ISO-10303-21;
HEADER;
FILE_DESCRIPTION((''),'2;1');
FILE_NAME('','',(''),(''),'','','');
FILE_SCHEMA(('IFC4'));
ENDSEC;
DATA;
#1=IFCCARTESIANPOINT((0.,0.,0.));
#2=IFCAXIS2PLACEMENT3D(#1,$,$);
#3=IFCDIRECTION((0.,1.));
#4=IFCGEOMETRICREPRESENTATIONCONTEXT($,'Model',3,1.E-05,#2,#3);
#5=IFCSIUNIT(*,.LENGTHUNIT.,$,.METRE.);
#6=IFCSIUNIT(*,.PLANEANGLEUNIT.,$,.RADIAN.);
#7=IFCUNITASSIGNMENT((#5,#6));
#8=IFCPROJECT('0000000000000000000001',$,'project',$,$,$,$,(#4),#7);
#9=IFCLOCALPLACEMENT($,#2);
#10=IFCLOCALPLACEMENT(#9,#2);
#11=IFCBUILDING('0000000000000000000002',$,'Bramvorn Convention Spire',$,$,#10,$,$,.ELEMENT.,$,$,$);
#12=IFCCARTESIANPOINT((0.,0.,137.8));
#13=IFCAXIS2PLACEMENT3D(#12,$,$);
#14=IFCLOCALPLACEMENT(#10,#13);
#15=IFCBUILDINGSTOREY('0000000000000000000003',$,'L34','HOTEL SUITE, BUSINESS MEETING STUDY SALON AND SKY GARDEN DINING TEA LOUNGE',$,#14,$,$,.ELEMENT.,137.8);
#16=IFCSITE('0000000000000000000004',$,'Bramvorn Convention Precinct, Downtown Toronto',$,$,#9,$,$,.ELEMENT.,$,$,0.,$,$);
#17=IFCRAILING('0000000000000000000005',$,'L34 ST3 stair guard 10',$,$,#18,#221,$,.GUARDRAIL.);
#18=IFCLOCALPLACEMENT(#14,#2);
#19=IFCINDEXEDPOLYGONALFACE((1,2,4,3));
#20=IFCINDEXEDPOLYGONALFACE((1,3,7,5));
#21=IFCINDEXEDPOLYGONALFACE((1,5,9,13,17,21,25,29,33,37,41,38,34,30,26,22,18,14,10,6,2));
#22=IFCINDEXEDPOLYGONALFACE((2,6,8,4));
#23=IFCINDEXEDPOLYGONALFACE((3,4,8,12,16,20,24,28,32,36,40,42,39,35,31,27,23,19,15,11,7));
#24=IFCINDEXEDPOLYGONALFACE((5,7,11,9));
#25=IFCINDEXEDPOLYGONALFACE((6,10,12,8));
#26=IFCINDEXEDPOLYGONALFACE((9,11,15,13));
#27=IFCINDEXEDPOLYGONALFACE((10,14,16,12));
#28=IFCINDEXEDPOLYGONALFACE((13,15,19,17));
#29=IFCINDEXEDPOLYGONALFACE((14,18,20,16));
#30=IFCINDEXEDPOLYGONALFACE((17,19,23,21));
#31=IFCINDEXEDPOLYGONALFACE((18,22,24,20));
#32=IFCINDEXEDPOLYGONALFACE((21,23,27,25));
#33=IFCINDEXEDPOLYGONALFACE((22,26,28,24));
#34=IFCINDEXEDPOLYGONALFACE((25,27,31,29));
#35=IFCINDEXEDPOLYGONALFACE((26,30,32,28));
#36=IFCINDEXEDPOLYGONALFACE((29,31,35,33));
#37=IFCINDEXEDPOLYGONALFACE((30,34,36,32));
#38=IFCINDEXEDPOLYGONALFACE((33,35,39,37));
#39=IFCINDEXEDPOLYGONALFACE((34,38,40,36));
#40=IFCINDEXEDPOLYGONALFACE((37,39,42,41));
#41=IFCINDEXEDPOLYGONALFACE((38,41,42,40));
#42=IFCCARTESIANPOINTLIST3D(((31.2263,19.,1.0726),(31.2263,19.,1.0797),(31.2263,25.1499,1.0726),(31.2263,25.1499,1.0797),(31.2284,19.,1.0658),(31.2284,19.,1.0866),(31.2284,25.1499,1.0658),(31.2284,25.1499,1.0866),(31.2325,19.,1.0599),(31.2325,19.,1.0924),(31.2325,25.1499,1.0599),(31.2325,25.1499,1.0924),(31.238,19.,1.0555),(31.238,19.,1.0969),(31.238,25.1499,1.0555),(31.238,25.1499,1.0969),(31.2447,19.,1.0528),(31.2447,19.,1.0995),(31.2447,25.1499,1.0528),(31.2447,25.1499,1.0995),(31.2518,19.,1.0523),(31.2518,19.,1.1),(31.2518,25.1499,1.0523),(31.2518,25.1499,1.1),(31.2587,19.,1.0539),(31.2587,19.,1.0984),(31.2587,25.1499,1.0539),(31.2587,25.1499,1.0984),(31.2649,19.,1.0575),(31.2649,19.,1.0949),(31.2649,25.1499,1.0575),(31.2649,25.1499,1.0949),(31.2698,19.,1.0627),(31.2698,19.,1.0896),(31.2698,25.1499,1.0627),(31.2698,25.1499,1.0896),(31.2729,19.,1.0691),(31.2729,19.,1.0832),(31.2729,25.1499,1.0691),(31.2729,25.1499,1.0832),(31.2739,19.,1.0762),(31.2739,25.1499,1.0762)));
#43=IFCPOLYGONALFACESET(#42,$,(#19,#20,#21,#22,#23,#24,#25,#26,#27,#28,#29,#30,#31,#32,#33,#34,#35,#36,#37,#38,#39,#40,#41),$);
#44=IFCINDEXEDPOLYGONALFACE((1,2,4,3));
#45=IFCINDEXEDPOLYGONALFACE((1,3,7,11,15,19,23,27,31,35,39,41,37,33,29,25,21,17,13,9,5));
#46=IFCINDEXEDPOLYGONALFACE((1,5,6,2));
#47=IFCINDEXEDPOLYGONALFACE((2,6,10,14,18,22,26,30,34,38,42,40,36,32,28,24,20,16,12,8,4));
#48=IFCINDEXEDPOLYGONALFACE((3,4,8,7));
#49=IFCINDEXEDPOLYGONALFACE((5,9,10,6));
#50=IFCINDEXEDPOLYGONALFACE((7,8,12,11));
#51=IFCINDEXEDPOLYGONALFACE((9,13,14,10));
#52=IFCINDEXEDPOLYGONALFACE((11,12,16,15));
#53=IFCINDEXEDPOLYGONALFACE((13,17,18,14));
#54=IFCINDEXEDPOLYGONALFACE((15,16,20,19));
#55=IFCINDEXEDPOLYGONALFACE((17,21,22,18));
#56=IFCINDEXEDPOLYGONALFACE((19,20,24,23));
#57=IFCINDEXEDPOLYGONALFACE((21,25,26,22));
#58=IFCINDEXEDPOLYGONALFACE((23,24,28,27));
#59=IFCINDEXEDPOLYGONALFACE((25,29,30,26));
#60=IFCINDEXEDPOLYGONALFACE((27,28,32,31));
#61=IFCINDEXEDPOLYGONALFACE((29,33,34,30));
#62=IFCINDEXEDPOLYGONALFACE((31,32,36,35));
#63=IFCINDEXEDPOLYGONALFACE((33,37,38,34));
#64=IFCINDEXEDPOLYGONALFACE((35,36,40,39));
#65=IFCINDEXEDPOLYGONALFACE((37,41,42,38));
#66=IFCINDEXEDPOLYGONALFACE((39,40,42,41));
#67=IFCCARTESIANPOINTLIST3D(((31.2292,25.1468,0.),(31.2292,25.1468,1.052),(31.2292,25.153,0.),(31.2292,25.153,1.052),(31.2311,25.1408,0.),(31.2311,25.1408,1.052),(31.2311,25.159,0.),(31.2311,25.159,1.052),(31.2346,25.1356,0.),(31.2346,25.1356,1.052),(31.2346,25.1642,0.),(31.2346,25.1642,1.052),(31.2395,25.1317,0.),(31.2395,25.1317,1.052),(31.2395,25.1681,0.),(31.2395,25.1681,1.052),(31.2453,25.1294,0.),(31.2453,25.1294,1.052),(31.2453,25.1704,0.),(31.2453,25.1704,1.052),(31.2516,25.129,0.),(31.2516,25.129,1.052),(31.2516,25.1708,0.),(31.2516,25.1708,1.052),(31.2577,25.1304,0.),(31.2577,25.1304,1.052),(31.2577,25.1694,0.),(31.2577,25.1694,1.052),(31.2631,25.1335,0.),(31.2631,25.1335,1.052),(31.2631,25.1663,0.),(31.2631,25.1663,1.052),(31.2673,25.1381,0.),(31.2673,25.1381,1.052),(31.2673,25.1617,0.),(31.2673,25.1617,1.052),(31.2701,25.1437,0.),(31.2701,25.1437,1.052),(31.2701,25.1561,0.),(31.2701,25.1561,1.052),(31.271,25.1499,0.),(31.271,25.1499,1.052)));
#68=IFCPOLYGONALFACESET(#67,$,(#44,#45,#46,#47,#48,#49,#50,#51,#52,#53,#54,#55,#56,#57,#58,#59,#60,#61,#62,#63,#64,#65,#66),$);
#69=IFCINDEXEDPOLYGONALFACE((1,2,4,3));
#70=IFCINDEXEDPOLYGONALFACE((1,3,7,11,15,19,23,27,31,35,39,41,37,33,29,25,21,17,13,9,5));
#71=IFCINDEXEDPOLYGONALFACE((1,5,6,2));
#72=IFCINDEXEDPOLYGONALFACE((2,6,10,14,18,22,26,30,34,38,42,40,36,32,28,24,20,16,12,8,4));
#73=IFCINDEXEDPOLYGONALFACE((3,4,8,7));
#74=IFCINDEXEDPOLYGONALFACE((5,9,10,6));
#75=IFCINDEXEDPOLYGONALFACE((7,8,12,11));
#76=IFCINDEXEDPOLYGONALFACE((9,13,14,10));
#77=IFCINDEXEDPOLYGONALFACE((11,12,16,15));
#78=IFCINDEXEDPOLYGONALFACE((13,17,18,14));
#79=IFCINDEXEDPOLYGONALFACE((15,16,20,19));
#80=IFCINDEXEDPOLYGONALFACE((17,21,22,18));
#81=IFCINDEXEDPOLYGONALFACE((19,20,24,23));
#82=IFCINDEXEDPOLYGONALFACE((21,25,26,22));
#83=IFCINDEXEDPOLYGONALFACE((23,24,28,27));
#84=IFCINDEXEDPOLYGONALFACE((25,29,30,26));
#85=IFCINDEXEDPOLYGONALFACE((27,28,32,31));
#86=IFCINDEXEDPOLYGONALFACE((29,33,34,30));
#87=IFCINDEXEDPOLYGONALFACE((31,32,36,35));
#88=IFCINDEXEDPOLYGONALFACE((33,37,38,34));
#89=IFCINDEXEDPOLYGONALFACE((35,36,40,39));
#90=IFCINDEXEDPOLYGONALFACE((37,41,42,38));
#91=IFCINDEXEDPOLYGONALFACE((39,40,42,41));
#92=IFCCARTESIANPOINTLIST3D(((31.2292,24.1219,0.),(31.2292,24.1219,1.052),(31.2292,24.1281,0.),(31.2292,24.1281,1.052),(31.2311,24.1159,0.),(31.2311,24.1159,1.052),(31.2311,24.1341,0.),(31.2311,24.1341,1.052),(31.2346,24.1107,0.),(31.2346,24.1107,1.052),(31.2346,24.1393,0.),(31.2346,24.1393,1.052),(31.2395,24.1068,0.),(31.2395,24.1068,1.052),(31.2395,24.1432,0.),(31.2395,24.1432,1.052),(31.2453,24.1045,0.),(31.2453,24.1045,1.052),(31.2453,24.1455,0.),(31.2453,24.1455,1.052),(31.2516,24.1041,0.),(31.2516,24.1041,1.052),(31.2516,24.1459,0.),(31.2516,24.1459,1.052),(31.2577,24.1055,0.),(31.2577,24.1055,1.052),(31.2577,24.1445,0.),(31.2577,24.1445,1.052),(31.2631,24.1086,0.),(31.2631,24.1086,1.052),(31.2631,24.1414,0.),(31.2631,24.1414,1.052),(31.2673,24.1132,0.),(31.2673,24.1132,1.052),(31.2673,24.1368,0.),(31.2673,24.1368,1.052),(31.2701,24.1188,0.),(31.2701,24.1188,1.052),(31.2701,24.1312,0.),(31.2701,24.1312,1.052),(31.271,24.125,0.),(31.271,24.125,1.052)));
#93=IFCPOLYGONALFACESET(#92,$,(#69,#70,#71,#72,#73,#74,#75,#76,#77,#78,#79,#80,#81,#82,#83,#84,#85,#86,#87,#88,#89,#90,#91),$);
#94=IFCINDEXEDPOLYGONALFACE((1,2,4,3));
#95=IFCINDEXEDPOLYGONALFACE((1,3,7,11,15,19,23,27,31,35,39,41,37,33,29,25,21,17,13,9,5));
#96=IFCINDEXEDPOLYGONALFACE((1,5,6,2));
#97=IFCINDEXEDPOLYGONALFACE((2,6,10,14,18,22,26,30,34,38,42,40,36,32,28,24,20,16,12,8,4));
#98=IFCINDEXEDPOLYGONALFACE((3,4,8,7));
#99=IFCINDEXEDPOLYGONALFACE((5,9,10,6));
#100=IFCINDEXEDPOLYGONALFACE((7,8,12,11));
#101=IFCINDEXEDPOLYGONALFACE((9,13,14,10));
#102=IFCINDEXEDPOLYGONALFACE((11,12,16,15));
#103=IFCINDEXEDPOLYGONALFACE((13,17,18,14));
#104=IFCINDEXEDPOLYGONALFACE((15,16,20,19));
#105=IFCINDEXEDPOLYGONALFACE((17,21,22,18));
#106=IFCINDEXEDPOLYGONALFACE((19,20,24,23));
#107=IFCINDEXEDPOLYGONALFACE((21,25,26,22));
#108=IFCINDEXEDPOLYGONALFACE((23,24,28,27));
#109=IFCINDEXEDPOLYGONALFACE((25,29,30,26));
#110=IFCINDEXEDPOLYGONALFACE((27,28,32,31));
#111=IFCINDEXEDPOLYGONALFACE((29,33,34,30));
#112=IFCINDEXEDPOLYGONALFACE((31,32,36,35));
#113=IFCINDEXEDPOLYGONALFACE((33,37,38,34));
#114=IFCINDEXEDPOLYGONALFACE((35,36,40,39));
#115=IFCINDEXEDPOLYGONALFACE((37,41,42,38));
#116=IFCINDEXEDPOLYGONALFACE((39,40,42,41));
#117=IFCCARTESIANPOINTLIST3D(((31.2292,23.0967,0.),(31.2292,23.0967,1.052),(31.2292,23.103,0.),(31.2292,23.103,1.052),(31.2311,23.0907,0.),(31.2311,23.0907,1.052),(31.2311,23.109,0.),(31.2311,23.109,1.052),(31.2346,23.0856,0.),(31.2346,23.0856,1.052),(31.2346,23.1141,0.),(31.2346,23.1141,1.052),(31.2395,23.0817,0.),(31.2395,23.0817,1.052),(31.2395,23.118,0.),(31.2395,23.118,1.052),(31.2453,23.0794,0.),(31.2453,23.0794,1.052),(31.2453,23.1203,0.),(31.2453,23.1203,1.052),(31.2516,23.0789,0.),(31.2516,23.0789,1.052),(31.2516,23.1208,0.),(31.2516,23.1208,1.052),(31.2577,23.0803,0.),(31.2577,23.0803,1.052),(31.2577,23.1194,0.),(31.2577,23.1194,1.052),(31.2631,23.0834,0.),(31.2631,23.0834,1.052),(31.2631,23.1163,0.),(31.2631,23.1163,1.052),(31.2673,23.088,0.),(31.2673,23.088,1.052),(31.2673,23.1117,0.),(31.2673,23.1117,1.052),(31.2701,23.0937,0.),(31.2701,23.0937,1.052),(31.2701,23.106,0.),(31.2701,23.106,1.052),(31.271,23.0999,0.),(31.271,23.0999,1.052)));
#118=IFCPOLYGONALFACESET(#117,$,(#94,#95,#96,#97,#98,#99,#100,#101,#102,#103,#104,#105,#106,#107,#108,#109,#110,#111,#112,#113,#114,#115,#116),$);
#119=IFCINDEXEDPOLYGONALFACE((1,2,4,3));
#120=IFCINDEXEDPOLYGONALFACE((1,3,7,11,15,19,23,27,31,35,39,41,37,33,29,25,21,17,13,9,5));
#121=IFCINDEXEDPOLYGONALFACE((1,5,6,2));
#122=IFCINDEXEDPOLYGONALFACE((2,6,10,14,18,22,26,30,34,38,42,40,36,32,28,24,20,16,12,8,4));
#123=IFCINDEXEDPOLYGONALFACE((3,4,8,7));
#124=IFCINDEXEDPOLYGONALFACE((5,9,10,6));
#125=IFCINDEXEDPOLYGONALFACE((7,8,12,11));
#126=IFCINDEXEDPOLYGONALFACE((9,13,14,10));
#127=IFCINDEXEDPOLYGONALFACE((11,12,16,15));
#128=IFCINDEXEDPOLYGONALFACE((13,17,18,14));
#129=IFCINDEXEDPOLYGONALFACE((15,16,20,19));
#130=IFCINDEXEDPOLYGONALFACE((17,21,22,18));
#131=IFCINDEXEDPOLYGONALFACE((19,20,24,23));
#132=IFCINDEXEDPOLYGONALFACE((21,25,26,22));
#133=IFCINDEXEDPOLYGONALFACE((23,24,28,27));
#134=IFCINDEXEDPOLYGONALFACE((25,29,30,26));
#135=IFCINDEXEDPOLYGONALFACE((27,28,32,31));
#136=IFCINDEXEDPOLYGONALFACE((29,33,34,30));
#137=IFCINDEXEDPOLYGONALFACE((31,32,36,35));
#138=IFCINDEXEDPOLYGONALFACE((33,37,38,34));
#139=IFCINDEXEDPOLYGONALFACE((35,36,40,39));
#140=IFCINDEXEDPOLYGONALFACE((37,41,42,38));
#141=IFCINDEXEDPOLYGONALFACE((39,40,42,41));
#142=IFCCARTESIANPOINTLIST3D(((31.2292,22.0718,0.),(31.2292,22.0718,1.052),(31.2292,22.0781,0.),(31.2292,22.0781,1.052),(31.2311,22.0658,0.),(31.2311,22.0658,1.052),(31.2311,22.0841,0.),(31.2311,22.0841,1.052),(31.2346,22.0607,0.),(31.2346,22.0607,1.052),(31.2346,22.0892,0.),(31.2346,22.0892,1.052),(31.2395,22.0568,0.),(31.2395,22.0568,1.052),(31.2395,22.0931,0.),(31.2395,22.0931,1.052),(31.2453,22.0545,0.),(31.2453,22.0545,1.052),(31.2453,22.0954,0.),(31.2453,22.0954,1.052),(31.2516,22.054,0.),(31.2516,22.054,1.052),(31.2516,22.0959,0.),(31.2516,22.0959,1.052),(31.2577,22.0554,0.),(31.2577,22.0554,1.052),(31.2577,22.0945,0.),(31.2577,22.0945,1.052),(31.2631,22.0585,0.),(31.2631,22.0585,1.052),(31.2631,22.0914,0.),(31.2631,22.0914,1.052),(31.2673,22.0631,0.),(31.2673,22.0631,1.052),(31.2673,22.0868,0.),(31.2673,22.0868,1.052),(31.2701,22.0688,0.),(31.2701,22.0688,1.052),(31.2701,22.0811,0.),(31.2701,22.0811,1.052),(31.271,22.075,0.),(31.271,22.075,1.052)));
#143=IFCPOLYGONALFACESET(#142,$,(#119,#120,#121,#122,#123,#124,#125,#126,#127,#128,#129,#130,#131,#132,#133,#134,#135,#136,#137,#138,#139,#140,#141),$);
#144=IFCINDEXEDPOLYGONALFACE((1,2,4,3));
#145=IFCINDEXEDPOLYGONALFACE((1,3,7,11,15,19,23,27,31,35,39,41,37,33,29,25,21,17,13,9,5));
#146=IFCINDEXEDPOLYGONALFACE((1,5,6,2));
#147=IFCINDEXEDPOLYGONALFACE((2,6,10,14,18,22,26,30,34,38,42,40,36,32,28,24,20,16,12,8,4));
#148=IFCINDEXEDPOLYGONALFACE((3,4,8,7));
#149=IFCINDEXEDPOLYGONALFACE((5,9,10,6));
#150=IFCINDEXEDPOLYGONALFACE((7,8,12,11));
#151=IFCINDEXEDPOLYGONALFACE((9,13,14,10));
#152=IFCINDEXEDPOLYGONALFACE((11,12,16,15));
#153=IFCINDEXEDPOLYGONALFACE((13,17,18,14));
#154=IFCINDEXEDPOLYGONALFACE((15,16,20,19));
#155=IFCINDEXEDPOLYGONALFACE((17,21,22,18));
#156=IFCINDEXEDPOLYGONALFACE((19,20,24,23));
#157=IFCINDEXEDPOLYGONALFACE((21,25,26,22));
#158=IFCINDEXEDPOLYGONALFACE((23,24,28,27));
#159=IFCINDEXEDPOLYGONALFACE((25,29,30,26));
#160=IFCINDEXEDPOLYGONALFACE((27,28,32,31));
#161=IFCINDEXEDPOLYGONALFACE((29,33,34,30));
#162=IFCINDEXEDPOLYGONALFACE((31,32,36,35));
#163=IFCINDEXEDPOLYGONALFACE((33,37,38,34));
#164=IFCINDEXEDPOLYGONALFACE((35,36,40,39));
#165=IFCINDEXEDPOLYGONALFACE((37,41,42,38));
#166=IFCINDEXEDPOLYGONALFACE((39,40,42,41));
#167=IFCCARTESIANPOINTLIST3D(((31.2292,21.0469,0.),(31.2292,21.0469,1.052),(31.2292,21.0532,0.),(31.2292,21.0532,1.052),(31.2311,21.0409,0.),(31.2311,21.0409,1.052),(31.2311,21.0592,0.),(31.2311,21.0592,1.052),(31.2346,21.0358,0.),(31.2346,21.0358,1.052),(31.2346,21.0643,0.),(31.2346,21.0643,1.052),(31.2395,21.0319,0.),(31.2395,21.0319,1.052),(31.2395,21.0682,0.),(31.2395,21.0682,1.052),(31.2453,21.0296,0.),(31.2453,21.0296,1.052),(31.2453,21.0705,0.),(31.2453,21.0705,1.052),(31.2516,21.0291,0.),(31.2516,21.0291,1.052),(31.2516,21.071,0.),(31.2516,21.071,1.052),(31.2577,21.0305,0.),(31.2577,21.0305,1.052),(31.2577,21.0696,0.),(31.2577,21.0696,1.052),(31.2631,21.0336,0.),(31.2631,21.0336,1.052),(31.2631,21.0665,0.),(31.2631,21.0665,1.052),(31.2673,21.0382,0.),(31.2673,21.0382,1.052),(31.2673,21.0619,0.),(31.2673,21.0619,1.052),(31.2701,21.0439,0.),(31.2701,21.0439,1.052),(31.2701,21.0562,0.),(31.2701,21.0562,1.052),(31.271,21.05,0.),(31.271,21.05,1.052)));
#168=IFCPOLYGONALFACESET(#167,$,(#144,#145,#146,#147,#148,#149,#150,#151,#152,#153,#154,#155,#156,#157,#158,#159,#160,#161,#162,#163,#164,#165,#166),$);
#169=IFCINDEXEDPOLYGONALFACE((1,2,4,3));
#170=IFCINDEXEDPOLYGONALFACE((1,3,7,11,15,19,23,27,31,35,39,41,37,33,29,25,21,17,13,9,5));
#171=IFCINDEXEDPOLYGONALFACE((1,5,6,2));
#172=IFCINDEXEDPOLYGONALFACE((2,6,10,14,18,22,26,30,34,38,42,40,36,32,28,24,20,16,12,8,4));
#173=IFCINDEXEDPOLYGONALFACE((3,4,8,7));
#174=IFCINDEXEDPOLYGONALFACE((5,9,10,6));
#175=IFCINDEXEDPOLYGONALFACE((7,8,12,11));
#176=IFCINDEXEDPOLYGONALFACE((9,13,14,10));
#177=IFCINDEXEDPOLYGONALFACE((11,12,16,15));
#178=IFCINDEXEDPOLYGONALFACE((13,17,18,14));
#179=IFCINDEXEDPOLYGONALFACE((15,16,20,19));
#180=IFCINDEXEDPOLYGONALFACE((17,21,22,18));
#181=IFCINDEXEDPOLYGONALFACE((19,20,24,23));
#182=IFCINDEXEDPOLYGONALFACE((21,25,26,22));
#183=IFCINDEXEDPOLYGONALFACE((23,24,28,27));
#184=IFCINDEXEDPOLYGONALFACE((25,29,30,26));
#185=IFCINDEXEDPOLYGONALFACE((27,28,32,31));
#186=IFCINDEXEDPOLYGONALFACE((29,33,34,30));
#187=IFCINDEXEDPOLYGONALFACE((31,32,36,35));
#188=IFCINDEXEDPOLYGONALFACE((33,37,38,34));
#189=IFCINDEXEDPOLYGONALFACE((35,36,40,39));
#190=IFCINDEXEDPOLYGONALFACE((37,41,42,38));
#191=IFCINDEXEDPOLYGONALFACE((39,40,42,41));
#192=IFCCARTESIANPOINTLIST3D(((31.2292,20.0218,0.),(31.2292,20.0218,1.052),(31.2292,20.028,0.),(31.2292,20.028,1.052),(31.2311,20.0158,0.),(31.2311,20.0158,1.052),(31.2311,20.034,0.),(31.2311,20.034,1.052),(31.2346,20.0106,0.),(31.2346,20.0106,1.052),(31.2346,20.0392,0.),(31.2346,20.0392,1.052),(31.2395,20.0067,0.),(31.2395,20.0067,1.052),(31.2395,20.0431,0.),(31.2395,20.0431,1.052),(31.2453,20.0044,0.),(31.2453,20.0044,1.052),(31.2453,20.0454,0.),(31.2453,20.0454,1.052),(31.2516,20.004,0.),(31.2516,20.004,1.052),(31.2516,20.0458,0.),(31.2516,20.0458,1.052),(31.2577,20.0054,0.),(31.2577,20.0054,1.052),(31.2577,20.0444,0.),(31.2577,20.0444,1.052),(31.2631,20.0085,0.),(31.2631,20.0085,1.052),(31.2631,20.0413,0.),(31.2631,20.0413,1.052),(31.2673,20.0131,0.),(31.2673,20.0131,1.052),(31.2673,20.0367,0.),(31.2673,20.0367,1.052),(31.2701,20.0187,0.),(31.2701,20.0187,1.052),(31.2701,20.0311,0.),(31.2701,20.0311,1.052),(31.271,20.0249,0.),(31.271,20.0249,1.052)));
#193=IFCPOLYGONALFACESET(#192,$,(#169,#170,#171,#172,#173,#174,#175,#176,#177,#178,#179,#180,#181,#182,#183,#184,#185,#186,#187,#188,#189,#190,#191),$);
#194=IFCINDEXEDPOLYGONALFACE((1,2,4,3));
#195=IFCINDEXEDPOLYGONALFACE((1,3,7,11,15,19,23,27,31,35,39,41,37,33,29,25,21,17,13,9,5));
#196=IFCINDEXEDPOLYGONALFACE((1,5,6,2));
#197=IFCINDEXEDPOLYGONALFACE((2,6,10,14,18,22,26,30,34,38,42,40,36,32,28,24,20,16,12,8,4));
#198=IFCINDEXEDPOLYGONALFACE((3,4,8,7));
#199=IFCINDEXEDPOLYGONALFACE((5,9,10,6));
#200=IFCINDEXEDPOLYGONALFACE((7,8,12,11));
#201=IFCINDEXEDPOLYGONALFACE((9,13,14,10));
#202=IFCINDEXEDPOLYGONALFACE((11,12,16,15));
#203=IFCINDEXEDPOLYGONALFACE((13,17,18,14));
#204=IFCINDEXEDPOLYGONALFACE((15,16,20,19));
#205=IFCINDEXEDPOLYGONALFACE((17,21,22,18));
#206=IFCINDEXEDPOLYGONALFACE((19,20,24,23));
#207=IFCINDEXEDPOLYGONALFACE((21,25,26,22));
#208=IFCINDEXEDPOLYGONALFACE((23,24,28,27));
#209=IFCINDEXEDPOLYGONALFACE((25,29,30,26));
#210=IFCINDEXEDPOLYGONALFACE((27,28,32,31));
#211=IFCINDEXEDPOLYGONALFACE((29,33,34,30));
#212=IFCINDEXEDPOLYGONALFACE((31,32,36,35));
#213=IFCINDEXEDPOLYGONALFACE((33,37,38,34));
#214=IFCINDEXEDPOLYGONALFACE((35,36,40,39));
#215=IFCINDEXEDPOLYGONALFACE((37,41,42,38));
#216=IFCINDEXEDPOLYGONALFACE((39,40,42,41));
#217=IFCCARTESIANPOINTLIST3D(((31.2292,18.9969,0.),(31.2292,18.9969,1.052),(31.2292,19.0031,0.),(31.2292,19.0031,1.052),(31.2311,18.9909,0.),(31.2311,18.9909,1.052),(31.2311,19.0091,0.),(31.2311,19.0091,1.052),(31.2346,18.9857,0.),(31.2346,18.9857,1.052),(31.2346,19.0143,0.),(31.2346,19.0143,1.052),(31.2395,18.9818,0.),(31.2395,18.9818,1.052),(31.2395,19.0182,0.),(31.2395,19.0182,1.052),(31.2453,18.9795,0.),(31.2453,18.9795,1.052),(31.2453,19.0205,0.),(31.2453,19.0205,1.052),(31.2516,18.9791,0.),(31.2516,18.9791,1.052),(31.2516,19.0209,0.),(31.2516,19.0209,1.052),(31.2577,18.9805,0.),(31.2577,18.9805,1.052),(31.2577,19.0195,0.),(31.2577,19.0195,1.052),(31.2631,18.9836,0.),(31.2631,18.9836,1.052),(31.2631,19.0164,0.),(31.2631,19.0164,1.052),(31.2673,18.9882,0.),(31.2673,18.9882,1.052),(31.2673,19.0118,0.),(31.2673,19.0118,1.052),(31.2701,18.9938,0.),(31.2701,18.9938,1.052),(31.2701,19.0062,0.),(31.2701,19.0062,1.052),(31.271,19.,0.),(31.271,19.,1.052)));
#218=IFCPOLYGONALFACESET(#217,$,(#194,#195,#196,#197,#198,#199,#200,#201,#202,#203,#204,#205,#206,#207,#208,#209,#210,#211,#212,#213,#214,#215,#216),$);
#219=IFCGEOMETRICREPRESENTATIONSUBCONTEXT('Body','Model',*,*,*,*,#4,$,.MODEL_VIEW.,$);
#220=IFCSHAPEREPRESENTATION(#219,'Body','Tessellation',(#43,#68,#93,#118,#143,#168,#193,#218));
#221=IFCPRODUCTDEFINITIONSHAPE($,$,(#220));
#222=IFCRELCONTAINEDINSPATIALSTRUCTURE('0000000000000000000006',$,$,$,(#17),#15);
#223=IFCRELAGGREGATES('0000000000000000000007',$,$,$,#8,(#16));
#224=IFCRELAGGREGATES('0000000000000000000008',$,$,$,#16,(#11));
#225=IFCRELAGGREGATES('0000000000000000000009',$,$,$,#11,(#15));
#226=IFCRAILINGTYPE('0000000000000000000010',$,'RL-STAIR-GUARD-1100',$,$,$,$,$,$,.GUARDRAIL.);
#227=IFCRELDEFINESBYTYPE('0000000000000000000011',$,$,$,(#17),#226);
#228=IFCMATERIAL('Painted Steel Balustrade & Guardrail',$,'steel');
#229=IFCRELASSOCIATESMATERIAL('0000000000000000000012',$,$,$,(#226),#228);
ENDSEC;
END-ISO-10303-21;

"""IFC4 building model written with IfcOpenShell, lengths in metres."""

from ifc_helpers import new_model, si_unit, direction, frame, origin, origin_2d, place, context, subcontext, project, spatial, circle, extrude, material, type_object, element, save


model = new_model("IFC4")

# Units and contexts
model_context = context("Model", 3, precision=1e-05, world=origin(), true_north=direction((0.0, 1.0)))
body_context = subcontext(model_context, "Body", "Model", "MODEL_VIEW")
ifc_project = project(units=[si_unit("LENGTHUNIT", "METRE"), si_unit("PLANEANGLEUNIT", "RADIAN")], contexts=[model_context])

# Site, building, storey
site_placement = place(None, origin())
site = spatial("IfcSite", under=ifc_project, at=site_placement, Name="Bramvorn Convention Precinct, Downtown Toronto", CompositionType="ELEMENT", RefElevation=0.0)
building_placement = place(site_placement, origin())
building = spatial("IfcBuilding", under=site, at=building_placement, Name="Bramvorn Convention Spire", CompositionType="ELEMENT")
storey_placement = place(building_placement, frame((0.0, 0.0, 137.8)))
storey = spatial("IfcBuildingStorey", under=building, at=storey_placement, Name="L34", Description="HOTEL SUITE, BUSINESS MEETING STUDY SALON AND SKY GARDEN DINING TEA LOUNGE", CompositionType="ELEMENT", Elevation=137.8)

# Railing
ifc_material_1 = material(Name="Painted Steel Balustrade & Guardrail", Category="steel")
railing_type_1 = type_object("IfcRailingType", Name="RL-STAIR-GUARD-1100", PredefinedType="GUARDRAIL", material=ifc_material_1)
railing_1_placement = place(storey_placement, frame((31.25, 25.1499, 0.0)))
element("IfcRailing", 1, at=railing_1_placement, inside=storey, type_object=railing_type_1, Name="L34 ST3 stair guard 10", PredefinedType="GUARDRAIL", context=body_context, shape_type="SweptSolid", body=[
    extrude(circle(Radius=0.0239, at=origin_2d()), frame((0.0, 0.0, 1.0762), z_axis=(0.0, -1.0, 0.0), x_axis=(1.0, 0.0, 0.0)), (0.0, 0.0, 1.0), 6.1499),
    extrude(circle(Radius=0.021, at=origin_2d()), origin(), (0.0, 0.0, 1.0), 1.052),
    extrude(circle(Radius=0.021, at=origin_2d()), frame((0.0, -1.0249, 0.0)), (0.0, 0.0, 1.0), 1.052),
    extrude(circle(Radius=0.021, at=origin_2d()), frame((0.0, -2.05, 0.0)), (0.0, 0.0, 1.0), 1.052),
    extrude(circle(Radius=0.021, at=origin_2d()), frame((0.0, -3.075, 0.0)), (0.0, 0.0, 1.0), 1.052),
    extrude(circle(Radius=0.021, at=origin_2d()), frame((0.0, -4.0999, 0.0)), (0.0, 0.0, 1.0), 1.052),
    extrude(circle(Radius=0.021, at=origin_2d()), frame((0.0, -5.125, 0.0)), (0.0, 0.0, 1.0), 1.052),
    extrude(circle(Radius=0.021, at=origin_2d()), frame((0.0, -6.1499, 0.0)), (0.0, 0.0, 1.0), 1.052),
])

save(model, "model.ifc")
